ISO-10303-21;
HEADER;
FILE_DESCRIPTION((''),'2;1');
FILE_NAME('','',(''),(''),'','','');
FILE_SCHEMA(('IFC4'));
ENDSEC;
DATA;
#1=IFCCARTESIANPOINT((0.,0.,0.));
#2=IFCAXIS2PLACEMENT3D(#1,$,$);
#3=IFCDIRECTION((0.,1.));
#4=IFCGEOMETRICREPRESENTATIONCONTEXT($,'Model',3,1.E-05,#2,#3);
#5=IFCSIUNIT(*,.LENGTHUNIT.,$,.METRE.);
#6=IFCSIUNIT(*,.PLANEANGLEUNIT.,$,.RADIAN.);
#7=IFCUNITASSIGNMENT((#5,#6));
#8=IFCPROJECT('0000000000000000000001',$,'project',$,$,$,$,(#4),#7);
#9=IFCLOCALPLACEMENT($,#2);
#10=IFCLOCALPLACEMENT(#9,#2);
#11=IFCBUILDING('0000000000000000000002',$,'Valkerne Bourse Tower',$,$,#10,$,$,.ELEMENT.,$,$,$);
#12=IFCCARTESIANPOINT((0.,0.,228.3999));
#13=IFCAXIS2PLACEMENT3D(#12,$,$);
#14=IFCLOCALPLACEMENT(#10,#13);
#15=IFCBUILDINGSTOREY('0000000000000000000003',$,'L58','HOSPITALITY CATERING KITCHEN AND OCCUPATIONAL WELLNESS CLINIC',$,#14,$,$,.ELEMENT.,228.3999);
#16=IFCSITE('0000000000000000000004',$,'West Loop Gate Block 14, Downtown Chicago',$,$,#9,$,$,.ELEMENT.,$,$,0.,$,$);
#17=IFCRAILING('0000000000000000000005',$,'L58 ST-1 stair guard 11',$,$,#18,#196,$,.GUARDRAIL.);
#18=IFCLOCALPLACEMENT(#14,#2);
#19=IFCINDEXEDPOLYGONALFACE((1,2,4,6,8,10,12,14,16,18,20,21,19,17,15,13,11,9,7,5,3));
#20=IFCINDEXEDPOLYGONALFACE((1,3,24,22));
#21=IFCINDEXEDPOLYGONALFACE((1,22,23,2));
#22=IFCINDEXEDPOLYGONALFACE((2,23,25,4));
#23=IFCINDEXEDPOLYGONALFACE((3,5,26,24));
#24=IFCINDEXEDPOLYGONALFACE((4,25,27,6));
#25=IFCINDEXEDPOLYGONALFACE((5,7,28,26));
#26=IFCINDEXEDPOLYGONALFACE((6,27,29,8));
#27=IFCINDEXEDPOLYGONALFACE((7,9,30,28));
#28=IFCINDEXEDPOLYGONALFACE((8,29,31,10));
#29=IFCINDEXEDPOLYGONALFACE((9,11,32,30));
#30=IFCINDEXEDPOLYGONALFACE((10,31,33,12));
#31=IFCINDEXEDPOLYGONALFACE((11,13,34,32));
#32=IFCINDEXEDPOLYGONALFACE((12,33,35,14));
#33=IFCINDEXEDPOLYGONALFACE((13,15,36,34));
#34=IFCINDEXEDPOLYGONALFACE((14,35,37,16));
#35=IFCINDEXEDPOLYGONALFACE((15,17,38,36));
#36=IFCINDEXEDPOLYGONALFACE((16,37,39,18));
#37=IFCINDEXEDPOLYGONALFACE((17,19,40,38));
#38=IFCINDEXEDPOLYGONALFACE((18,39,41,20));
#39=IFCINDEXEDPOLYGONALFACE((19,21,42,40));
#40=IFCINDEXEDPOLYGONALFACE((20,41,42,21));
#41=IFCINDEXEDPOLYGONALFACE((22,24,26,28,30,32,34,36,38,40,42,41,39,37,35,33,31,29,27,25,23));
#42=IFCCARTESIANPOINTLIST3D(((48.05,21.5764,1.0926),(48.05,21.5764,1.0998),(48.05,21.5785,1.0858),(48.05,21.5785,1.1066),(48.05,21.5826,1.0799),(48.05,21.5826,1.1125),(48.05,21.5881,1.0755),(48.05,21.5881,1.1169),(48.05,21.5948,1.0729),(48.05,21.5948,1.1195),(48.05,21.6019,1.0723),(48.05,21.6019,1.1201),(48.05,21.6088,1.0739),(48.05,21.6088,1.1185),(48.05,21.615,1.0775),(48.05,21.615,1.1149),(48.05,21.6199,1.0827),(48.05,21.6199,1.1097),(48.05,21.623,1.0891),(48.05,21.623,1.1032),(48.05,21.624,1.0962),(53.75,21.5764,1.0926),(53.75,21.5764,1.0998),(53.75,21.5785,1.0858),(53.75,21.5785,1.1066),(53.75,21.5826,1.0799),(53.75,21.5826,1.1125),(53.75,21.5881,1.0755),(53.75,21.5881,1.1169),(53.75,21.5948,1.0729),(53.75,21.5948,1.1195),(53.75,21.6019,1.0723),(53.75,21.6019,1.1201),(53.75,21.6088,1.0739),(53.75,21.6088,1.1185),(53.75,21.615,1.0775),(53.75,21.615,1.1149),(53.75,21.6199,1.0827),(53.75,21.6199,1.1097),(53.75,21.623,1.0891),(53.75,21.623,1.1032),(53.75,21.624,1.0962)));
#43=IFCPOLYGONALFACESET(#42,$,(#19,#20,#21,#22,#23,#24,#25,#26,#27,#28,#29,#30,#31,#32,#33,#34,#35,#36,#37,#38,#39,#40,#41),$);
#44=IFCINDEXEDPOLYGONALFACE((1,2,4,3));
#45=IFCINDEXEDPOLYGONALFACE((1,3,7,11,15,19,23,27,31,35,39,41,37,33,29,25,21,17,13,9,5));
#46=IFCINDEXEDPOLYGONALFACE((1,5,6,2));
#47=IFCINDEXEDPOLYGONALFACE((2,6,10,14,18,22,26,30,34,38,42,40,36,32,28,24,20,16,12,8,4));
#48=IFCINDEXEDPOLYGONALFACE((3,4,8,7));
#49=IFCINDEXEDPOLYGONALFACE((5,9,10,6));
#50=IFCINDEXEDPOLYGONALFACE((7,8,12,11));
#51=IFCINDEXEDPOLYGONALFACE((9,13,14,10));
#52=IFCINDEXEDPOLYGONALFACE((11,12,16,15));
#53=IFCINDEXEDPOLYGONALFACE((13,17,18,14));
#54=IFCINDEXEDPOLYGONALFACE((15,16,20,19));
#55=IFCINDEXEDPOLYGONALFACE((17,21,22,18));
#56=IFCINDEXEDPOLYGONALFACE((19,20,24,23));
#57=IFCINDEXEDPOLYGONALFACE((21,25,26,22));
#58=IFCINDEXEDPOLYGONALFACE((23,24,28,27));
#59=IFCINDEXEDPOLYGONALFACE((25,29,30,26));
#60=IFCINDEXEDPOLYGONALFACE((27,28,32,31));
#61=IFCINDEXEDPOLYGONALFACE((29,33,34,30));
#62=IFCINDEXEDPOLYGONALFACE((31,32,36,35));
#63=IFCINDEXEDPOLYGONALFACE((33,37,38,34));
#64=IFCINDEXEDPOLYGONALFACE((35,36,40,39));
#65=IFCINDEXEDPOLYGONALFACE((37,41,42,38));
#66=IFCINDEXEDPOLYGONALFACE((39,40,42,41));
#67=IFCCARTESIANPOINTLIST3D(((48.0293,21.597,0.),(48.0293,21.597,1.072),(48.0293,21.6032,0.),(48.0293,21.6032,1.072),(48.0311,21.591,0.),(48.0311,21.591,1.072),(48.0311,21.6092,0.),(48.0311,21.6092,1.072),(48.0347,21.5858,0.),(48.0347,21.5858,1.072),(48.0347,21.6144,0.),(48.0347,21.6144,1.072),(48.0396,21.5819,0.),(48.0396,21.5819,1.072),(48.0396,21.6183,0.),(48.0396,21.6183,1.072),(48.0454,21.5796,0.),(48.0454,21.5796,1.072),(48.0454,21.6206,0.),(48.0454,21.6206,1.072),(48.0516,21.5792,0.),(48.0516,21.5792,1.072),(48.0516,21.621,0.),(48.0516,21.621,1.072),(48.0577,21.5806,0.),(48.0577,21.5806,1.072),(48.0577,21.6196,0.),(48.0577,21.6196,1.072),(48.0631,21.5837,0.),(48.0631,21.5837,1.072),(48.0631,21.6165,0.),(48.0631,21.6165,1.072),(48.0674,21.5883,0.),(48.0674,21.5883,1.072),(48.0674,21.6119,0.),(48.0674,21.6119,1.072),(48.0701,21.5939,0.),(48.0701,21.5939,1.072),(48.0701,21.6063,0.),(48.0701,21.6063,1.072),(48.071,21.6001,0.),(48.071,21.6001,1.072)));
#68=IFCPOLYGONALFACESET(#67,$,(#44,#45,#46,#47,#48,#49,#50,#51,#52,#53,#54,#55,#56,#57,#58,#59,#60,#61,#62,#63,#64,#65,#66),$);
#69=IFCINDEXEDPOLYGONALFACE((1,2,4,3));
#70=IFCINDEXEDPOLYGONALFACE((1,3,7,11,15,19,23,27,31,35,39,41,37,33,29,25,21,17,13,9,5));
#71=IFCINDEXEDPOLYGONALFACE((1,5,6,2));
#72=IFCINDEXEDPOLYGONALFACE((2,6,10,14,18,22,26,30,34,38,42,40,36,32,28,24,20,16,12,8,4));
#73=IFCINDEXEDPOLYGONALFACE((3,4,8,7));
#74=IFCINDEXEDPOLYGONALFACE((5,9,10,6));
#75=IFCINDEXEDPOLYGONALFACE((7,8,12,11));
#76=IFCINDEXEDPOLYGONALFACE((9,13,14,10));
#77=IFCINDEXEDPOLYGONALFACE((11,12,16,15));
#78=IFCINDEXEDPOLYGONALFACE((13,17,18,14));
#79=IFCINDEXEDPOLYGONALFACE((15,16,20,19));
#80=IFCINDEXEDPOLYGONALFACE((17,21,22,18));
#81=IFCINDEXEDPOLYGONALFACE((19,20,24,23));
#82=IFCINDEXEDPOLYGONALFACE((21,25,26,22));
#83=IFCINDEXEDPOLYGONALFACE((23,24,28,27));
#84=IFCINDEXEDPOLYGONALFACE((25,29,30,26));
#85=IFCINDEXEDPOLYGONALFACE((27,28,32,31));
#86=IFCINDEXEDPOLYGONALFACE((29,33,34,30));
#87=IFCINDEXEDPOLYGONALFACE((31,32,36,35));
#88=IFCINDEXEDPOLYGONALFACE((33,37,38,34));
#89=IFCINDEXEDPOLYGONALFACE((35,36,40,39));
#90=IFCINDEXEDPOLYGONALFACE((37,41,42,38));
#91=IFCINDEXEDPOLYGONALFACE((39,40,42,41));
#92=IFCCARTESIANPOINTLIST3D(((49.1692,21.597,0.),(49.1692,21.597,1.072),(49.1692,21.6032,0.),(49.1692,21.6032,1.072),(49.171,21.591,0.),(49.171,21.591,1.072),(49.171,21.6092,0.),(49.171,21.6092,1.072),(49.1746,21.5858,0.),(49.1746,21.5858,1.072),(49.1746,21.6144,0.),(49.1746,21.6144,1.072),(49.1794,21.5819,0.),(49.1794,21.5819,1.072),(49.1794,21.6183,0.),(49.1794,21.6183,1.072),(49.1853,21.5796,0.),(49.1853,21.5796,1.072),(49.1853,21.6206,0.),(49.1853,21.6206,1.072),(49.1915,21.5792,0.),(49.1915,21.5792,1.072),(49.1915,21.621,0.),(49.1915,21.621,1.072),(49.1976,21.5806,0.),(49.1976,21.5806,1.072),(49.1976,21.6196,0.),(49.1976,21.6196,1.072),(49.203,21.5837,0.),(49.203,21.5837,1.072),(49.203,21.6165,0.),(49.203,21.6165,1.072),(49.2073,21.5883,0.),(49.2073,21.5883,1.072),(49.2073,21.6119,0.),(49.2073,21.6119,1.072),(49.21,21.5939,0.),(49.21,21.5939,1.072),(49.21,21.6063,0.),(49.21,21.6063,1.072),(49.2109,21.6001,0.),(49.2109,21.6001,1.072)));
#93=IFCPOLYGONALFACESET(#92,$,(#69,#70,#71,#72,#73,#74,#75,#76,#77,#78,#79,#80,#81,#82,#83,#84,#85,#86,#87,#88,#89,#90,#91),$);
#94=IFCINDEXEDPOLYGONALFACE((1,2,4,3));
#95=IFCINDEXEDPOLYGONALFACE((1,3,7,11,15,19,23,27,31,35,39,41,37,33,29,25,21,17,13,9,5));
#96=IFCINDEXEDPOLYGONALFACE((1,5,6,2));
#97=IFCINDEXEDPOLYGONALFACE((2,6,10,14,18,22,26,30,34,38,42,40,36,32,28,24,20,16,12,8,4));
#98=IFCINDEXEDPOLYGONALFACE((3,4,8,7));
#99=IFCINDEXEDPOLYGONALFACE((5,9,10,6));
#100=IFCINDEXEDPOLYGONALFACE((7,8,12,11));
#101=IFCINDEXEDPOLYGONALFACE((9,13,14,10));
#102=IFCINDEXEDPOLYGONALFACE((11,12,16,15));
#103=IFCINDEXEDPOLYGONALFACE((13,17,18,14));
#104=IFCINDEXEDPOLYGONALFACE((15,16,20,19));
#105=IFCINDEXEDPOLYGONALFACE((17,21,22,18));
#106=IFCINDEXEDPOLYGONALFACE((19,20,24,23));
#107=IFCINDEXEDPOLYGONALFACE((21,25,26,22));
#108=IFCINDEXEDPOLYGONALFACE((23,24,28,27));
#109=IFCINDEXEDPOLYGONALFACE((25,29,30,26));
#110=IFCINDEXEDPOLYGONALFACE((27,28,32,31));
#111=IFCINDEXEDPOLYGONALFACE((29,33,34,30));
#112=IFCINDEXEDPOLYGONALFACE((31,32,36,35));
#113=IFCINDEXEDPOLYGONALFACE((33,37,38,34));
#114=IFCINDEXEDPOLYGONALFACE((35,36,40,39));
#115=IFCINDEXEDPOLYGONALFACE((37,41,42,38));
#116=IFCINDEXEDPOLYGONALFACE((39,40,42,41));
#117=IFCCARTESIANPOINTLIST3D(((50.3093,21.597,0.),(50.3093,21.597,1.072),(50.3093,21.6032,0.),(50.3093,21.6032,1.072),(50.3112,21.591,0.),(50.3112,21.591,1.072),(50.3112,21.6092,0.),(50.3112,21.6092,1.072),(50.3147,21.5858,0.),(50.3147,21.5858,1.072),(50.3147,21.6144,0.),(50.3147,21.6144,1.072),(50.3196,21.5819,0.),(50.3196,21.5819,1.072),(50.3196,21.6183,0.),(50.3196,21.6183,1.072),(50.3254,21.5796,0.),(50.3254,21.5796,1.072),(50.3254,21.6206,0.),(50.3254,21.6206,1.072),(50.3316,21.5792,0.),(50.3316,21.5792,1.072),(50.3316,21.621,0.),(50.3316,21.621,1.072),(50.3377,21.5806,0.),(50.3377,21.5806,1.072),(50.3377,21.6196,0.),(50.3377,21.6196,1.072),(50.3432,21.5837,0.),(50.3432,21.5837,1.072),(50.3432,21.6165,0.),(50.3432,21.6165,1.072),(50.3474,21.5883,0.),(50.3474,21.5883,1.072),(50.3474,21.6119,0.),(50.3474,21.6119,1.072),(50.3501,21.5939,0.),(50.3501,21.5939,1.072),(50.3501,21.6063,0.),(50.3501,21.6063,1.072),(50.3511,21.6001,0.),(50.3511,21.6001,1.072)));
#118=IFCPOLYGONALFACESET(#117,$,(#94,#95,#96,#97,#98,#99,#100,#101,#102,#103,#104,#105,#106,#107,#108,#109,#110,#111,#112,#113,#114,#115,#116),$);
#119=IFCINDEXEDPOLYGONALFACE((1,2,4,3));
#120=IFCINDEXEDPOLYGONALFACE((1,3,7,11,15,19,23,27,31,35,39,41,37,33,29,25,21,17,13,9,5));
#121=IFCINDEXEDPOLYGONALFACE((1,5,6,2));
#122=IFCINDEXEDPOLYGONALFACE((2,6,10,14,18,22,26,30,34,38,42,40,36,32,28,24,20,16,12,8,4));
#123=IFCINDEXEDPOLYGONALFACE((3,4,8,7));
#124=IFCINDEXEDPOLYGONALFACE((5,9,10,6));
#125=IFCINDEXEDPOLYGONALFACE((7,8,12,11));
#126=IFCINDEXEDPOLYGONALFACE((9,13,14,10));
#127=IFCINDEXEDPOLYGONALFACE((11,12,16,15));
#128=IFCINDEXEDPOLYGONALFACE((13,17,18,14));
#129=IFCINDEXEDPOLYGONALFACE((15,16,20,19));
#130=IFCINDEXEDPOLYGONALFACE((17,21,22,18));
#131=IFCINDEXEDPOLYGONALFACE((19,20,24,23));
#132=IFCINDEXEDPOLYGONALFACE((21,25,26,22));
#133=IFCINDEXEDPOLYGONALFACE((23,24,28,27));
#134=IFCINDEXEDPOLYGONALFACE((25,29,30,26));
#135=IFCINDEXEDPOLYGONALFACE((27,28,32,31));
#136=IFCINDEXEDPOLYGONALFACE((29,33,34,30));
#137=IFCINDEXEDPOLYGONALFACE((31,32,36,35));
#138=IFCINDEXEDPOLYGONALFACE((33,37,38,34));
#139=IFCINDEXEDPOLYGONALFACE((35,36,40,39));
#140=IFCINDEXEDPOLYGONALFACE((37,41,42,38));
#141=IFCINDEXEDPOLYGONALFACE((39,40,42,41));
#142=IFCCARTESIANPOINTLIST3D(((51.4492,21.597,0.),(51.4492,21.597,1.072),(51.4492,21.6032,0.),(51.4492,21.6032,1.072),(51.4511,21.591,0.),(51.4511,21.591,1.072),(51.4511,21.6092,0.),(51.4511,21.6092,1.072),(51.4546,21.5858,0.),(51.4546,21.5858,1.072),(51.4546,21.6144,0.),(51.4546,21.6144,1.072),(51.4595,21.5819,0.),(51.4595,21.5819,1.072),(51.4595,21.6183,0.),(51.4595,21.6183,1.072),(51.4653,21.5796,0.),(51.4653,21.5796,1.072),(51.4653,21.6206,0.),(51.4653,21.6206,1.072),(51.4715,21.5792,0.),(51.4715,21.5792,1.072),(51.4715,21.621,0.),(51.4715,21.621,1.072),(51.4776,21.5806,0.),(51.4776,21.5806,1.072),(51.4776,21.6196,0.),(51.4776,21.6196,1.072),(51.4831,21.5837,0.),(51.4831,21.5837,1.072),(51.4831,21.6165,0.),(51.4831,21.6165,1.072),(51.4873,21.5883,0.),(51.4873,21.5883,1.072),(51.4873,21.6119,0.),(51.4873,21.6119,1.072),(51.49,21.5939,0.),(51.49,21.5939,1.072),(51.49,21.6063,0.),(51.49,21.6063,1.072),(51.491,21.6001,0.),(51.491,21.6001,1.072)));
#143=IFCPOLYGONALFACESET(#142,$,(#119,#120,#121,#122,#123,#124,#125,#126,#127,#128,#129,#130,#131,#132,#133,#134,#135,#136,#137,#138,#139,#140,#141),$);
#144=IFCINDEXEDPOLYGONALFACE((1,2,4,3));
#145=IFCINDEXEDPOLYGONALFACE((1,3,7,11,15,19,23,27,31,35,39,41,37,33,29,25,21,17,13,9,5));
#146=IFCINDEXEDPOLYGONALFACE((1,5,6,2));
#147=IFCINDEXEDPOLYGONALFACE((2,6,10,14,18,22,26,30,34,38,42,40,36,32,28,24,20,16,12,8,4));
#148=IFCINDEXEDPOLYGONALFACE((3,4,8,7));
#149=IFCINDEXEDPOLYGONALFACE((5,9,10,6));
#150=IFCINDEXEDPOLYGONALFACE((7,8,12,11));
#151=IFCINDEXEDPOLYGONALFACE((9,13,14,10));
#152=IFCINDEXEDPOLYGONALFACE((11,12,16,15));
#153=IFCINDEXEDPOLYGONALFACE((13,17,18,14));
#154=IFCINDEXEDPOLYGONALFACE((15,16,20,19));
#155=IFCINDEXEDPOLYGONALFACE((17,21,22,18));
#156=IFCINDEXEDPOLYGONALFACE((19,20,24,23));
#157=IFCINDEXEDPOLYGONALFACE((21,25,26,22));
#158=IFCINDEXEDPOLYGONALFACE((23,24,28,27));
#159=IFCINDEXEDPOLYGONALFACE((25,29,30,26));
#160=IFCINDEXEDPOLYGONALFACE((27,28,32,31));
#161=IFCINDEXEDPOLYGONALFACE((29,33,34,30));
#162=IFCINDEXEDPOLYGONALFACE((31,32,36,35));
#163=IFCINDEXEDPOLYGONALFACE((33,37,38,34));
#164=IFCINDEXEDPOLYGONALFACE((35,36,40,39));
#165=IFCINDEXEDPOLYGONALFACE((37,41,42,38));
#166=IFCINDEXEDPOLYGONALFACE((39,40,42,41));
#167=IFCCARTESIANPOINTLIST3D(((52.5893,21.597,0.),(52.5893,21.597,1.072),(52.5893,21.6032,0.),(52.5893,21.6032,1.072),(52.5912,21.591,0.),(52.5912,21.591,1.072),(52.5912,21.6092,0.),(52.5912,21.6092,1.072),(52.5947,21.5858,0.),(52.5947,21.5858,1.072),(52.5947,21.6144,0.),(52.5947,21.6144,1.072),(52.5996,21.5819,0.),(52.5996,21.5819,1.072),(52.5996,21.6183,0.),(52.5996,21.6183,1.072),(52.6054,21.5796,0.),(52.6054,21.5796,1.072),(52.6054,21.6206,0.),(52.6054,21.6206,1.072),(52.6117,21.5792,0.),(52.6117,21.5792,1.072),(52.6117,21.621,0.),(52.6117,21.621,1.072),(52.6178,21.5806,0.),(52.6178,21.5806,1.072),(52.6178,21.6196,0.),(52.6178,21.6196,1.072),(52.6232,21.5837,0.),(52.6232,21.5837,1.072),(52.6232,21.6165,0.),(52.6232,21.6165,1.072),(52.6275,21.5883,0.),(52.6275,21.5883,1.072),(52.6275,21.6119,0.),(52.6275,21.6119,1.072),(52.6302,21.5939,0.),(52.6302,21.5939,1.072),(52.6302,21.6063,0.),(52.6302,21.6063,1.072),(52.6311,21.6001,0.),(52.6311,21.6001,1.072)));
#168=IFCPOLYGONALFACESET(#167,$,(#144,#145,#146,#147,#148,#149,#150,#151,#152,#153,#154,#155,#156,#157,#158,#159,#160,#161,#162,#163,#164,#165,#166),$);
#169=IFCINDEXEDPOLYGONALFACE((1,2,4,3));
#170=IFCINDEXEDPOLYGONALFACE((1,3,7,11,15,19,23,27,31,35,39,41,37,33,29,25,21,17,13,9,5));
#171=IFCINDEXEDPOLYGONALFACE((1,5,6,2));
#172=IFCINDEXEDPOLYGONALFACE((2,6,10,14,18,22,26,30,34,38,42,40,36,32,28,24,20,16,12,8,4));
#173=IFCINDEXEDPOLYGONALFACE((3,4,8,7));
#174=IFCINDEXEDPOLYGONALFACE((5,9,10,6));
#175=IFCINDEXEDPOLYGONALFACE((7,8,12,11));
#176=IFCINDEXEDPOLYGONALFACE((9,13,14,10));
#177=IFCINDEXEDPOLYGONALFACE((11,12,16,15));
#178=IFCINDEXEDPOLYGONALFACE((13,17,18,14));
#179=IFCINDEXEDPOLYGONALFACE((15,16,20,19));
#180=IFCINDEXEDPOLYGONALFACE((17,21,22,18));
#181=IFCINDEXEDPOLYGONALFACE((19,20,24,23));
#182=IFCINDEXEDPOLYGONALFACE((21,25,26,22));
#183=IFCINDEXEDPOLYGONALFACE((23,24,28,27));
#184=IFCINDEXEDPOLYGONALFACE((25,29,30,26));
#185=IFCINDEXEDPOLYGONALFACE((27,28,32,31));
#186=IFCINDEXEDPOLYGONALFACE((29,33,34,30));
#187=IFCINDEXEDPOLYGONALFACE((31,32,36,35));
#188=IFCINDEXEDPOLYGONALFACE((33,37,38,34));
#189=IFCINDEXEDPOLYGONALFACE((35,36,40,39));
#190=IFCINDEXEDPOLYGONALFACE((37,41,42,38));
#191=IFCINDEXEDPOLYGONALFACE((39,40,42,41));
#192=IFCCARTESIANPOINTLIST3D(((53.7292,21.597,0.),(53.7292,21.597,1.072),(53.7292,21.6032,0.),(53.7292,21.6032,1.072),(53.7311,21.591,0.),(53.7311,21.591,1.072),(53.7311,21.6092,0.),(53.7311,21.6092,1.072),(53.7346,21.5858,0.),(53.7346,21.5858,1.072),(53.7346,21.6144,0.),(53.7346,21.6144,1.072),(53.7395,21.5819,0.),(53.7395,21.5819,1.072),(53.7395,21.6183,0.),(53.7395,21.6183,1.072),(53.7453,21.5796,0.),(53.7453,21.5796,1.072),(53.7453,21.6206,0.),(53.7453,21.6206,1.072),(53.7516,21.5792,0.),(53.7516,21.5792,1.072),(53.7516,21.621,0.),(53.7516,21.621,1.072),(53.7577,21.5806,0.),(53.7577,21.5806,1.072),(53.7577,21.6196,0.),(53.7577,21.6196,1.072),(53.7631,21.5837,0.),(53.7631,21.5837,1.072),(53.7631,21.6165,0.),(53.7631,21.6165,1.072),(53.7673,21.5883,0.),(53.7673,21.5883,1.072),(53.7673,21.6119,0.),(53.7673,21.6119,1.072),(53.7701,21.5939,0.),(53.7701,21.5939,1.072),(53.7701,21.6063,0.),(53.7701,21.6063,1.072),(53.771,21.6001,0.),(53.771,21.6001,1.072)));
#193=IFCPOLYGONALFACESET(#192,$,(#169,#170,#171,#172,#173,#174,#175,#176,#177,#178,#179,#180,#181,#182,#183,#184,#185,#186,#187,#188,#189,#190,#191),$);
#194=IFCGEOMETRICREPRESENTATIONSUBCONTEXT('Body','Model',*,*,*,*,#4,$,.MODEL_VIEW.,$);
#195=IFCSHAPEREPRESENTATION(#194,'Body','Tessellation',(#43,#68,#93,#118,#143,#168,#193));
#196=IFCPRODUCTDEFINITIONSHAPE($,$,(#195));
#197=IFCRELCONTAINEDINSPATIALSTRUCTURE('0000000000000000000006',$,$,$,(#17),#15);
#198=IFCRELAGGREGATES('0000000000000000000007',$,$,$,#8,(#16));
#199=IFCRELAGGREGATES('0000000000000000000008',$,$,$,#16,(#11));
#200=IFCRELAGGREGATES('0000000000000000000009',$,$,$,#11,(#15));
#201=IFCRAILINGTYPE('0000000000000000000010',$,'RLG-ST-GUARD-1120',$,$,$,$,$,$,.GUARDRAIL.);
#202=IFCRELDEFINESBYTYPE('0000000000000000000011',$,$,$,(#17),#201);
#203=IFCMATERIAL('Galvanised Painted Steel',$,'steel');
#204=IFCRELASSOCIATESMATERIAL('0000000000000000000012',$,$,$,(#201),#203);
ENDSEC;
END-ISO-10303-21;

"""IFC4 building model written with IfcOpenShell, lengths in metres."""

from ifc_helpers import new_model, si_unit, direction, frame, origin, origin_2d, place, context, subcontext, project, spatial, circle, extrude, material, type_object, element, save


model = new_model("IFC4")

# Units and contexts
model_context = context("Model", 3, precision=1e-05, world=origin(), true_north=direction((0.0, 1.0)))
body_context = subcontext(model_context, "Body", "Model", "MODEL_VIEW")
ifc_project = project(units=[si_unit("LENGTHUNIT", "METRE"), si_unit("PLANEANGLEUNIT", "RADIAN")], contexts=[model_context])

# Site, building, storey
site_placement = place(None, origin())
site = spatial("IfcSite", under=ifc_project, at=site_placement, Name="West Loop Gate Block 14, Downtown Chicago", CompositionType="ELEMENT", RefElevation=0.0)
building_placement = place(site_placement, origin())
building = spatial("IfcBuilding", under=site, at=building_placement, Name="Valkerne Bourse Tower", CompositionType="ELEMENT")
storey_placement = place(building_placement, frame((0.0, 0.0, 228.3999)))
storey = spatial("IfcBuildingStorey", under=building, at=storey_placement, Name="L58", Description="HOSPITALITY CATERING KITCHEN AND OCCUPATIONAL WELLNESS CLINIC", CompositionType="ELEMENT", Elevation=228.3999)

# Shared definitions
ifc_material_1 = material(Name="Galvanised Painted Steel", Category="steel")

# Railing
railing_type_1 = type_object("IfcRailingType", Name="RLG-ST-GUARD-1120", PredefinedType="GUARDRAIL", material=ifc_material_1)
railing_1_placement = place(storey_placement, frame((48.05, 21.6001, 0.0)))
element("IfcRailing", 1, at=railing_1_placement, inside=storey, type_object=railing_type_1, Name="L58 ST-1 stair guard 11", PredefinedType="GUARDRAIL", context=body_context, shape_type="SweptSolid", body=[
    extrude(circle(Radius=0.0239, at=origin_2d()), frame((0.0, 0.0, 1.0962), z_axis=(1.0, 0.0, 0.0), x_axis=(0.0, 1.0, 0.0)), (0.0, 0.0, 1.0), 5.7),
    extrude(circle(Radius=0.021, at=origin_2d()), origin(), (0.0, 0.0, 1.0), 1.072),
    extrude(circle(Radius=0.021, at=origin_2d()), frame((1.1399, 0.0, 0.0)), (0.0, 0.0, 1.0), 1.072),
    extrude(circle(Radius=0.021, at=origin_2d()), frame((2.28, 0.0, 0.0)), (0.0, 0.0, 1.0), 1.072),
    extrude(circle(Radius=0.021, at=origin_2d()), frame((3.4199, 0.0, 0.0)), (0.0, 0.0, 1.0), 1.072),
    extrude(circle(Radius=0.021, at=origin_2d()), frame((4.5601, 0.0, 0.0)), (0.0, 0.0, 1.0), 1.072),
    extrude(circle(Radius=0.021, at=origin_2d()), frame((5.7, 0.0, 0.0)), (0.0, 0.0, 1.0), 1.072),
])

save(model, "model.ifc")
